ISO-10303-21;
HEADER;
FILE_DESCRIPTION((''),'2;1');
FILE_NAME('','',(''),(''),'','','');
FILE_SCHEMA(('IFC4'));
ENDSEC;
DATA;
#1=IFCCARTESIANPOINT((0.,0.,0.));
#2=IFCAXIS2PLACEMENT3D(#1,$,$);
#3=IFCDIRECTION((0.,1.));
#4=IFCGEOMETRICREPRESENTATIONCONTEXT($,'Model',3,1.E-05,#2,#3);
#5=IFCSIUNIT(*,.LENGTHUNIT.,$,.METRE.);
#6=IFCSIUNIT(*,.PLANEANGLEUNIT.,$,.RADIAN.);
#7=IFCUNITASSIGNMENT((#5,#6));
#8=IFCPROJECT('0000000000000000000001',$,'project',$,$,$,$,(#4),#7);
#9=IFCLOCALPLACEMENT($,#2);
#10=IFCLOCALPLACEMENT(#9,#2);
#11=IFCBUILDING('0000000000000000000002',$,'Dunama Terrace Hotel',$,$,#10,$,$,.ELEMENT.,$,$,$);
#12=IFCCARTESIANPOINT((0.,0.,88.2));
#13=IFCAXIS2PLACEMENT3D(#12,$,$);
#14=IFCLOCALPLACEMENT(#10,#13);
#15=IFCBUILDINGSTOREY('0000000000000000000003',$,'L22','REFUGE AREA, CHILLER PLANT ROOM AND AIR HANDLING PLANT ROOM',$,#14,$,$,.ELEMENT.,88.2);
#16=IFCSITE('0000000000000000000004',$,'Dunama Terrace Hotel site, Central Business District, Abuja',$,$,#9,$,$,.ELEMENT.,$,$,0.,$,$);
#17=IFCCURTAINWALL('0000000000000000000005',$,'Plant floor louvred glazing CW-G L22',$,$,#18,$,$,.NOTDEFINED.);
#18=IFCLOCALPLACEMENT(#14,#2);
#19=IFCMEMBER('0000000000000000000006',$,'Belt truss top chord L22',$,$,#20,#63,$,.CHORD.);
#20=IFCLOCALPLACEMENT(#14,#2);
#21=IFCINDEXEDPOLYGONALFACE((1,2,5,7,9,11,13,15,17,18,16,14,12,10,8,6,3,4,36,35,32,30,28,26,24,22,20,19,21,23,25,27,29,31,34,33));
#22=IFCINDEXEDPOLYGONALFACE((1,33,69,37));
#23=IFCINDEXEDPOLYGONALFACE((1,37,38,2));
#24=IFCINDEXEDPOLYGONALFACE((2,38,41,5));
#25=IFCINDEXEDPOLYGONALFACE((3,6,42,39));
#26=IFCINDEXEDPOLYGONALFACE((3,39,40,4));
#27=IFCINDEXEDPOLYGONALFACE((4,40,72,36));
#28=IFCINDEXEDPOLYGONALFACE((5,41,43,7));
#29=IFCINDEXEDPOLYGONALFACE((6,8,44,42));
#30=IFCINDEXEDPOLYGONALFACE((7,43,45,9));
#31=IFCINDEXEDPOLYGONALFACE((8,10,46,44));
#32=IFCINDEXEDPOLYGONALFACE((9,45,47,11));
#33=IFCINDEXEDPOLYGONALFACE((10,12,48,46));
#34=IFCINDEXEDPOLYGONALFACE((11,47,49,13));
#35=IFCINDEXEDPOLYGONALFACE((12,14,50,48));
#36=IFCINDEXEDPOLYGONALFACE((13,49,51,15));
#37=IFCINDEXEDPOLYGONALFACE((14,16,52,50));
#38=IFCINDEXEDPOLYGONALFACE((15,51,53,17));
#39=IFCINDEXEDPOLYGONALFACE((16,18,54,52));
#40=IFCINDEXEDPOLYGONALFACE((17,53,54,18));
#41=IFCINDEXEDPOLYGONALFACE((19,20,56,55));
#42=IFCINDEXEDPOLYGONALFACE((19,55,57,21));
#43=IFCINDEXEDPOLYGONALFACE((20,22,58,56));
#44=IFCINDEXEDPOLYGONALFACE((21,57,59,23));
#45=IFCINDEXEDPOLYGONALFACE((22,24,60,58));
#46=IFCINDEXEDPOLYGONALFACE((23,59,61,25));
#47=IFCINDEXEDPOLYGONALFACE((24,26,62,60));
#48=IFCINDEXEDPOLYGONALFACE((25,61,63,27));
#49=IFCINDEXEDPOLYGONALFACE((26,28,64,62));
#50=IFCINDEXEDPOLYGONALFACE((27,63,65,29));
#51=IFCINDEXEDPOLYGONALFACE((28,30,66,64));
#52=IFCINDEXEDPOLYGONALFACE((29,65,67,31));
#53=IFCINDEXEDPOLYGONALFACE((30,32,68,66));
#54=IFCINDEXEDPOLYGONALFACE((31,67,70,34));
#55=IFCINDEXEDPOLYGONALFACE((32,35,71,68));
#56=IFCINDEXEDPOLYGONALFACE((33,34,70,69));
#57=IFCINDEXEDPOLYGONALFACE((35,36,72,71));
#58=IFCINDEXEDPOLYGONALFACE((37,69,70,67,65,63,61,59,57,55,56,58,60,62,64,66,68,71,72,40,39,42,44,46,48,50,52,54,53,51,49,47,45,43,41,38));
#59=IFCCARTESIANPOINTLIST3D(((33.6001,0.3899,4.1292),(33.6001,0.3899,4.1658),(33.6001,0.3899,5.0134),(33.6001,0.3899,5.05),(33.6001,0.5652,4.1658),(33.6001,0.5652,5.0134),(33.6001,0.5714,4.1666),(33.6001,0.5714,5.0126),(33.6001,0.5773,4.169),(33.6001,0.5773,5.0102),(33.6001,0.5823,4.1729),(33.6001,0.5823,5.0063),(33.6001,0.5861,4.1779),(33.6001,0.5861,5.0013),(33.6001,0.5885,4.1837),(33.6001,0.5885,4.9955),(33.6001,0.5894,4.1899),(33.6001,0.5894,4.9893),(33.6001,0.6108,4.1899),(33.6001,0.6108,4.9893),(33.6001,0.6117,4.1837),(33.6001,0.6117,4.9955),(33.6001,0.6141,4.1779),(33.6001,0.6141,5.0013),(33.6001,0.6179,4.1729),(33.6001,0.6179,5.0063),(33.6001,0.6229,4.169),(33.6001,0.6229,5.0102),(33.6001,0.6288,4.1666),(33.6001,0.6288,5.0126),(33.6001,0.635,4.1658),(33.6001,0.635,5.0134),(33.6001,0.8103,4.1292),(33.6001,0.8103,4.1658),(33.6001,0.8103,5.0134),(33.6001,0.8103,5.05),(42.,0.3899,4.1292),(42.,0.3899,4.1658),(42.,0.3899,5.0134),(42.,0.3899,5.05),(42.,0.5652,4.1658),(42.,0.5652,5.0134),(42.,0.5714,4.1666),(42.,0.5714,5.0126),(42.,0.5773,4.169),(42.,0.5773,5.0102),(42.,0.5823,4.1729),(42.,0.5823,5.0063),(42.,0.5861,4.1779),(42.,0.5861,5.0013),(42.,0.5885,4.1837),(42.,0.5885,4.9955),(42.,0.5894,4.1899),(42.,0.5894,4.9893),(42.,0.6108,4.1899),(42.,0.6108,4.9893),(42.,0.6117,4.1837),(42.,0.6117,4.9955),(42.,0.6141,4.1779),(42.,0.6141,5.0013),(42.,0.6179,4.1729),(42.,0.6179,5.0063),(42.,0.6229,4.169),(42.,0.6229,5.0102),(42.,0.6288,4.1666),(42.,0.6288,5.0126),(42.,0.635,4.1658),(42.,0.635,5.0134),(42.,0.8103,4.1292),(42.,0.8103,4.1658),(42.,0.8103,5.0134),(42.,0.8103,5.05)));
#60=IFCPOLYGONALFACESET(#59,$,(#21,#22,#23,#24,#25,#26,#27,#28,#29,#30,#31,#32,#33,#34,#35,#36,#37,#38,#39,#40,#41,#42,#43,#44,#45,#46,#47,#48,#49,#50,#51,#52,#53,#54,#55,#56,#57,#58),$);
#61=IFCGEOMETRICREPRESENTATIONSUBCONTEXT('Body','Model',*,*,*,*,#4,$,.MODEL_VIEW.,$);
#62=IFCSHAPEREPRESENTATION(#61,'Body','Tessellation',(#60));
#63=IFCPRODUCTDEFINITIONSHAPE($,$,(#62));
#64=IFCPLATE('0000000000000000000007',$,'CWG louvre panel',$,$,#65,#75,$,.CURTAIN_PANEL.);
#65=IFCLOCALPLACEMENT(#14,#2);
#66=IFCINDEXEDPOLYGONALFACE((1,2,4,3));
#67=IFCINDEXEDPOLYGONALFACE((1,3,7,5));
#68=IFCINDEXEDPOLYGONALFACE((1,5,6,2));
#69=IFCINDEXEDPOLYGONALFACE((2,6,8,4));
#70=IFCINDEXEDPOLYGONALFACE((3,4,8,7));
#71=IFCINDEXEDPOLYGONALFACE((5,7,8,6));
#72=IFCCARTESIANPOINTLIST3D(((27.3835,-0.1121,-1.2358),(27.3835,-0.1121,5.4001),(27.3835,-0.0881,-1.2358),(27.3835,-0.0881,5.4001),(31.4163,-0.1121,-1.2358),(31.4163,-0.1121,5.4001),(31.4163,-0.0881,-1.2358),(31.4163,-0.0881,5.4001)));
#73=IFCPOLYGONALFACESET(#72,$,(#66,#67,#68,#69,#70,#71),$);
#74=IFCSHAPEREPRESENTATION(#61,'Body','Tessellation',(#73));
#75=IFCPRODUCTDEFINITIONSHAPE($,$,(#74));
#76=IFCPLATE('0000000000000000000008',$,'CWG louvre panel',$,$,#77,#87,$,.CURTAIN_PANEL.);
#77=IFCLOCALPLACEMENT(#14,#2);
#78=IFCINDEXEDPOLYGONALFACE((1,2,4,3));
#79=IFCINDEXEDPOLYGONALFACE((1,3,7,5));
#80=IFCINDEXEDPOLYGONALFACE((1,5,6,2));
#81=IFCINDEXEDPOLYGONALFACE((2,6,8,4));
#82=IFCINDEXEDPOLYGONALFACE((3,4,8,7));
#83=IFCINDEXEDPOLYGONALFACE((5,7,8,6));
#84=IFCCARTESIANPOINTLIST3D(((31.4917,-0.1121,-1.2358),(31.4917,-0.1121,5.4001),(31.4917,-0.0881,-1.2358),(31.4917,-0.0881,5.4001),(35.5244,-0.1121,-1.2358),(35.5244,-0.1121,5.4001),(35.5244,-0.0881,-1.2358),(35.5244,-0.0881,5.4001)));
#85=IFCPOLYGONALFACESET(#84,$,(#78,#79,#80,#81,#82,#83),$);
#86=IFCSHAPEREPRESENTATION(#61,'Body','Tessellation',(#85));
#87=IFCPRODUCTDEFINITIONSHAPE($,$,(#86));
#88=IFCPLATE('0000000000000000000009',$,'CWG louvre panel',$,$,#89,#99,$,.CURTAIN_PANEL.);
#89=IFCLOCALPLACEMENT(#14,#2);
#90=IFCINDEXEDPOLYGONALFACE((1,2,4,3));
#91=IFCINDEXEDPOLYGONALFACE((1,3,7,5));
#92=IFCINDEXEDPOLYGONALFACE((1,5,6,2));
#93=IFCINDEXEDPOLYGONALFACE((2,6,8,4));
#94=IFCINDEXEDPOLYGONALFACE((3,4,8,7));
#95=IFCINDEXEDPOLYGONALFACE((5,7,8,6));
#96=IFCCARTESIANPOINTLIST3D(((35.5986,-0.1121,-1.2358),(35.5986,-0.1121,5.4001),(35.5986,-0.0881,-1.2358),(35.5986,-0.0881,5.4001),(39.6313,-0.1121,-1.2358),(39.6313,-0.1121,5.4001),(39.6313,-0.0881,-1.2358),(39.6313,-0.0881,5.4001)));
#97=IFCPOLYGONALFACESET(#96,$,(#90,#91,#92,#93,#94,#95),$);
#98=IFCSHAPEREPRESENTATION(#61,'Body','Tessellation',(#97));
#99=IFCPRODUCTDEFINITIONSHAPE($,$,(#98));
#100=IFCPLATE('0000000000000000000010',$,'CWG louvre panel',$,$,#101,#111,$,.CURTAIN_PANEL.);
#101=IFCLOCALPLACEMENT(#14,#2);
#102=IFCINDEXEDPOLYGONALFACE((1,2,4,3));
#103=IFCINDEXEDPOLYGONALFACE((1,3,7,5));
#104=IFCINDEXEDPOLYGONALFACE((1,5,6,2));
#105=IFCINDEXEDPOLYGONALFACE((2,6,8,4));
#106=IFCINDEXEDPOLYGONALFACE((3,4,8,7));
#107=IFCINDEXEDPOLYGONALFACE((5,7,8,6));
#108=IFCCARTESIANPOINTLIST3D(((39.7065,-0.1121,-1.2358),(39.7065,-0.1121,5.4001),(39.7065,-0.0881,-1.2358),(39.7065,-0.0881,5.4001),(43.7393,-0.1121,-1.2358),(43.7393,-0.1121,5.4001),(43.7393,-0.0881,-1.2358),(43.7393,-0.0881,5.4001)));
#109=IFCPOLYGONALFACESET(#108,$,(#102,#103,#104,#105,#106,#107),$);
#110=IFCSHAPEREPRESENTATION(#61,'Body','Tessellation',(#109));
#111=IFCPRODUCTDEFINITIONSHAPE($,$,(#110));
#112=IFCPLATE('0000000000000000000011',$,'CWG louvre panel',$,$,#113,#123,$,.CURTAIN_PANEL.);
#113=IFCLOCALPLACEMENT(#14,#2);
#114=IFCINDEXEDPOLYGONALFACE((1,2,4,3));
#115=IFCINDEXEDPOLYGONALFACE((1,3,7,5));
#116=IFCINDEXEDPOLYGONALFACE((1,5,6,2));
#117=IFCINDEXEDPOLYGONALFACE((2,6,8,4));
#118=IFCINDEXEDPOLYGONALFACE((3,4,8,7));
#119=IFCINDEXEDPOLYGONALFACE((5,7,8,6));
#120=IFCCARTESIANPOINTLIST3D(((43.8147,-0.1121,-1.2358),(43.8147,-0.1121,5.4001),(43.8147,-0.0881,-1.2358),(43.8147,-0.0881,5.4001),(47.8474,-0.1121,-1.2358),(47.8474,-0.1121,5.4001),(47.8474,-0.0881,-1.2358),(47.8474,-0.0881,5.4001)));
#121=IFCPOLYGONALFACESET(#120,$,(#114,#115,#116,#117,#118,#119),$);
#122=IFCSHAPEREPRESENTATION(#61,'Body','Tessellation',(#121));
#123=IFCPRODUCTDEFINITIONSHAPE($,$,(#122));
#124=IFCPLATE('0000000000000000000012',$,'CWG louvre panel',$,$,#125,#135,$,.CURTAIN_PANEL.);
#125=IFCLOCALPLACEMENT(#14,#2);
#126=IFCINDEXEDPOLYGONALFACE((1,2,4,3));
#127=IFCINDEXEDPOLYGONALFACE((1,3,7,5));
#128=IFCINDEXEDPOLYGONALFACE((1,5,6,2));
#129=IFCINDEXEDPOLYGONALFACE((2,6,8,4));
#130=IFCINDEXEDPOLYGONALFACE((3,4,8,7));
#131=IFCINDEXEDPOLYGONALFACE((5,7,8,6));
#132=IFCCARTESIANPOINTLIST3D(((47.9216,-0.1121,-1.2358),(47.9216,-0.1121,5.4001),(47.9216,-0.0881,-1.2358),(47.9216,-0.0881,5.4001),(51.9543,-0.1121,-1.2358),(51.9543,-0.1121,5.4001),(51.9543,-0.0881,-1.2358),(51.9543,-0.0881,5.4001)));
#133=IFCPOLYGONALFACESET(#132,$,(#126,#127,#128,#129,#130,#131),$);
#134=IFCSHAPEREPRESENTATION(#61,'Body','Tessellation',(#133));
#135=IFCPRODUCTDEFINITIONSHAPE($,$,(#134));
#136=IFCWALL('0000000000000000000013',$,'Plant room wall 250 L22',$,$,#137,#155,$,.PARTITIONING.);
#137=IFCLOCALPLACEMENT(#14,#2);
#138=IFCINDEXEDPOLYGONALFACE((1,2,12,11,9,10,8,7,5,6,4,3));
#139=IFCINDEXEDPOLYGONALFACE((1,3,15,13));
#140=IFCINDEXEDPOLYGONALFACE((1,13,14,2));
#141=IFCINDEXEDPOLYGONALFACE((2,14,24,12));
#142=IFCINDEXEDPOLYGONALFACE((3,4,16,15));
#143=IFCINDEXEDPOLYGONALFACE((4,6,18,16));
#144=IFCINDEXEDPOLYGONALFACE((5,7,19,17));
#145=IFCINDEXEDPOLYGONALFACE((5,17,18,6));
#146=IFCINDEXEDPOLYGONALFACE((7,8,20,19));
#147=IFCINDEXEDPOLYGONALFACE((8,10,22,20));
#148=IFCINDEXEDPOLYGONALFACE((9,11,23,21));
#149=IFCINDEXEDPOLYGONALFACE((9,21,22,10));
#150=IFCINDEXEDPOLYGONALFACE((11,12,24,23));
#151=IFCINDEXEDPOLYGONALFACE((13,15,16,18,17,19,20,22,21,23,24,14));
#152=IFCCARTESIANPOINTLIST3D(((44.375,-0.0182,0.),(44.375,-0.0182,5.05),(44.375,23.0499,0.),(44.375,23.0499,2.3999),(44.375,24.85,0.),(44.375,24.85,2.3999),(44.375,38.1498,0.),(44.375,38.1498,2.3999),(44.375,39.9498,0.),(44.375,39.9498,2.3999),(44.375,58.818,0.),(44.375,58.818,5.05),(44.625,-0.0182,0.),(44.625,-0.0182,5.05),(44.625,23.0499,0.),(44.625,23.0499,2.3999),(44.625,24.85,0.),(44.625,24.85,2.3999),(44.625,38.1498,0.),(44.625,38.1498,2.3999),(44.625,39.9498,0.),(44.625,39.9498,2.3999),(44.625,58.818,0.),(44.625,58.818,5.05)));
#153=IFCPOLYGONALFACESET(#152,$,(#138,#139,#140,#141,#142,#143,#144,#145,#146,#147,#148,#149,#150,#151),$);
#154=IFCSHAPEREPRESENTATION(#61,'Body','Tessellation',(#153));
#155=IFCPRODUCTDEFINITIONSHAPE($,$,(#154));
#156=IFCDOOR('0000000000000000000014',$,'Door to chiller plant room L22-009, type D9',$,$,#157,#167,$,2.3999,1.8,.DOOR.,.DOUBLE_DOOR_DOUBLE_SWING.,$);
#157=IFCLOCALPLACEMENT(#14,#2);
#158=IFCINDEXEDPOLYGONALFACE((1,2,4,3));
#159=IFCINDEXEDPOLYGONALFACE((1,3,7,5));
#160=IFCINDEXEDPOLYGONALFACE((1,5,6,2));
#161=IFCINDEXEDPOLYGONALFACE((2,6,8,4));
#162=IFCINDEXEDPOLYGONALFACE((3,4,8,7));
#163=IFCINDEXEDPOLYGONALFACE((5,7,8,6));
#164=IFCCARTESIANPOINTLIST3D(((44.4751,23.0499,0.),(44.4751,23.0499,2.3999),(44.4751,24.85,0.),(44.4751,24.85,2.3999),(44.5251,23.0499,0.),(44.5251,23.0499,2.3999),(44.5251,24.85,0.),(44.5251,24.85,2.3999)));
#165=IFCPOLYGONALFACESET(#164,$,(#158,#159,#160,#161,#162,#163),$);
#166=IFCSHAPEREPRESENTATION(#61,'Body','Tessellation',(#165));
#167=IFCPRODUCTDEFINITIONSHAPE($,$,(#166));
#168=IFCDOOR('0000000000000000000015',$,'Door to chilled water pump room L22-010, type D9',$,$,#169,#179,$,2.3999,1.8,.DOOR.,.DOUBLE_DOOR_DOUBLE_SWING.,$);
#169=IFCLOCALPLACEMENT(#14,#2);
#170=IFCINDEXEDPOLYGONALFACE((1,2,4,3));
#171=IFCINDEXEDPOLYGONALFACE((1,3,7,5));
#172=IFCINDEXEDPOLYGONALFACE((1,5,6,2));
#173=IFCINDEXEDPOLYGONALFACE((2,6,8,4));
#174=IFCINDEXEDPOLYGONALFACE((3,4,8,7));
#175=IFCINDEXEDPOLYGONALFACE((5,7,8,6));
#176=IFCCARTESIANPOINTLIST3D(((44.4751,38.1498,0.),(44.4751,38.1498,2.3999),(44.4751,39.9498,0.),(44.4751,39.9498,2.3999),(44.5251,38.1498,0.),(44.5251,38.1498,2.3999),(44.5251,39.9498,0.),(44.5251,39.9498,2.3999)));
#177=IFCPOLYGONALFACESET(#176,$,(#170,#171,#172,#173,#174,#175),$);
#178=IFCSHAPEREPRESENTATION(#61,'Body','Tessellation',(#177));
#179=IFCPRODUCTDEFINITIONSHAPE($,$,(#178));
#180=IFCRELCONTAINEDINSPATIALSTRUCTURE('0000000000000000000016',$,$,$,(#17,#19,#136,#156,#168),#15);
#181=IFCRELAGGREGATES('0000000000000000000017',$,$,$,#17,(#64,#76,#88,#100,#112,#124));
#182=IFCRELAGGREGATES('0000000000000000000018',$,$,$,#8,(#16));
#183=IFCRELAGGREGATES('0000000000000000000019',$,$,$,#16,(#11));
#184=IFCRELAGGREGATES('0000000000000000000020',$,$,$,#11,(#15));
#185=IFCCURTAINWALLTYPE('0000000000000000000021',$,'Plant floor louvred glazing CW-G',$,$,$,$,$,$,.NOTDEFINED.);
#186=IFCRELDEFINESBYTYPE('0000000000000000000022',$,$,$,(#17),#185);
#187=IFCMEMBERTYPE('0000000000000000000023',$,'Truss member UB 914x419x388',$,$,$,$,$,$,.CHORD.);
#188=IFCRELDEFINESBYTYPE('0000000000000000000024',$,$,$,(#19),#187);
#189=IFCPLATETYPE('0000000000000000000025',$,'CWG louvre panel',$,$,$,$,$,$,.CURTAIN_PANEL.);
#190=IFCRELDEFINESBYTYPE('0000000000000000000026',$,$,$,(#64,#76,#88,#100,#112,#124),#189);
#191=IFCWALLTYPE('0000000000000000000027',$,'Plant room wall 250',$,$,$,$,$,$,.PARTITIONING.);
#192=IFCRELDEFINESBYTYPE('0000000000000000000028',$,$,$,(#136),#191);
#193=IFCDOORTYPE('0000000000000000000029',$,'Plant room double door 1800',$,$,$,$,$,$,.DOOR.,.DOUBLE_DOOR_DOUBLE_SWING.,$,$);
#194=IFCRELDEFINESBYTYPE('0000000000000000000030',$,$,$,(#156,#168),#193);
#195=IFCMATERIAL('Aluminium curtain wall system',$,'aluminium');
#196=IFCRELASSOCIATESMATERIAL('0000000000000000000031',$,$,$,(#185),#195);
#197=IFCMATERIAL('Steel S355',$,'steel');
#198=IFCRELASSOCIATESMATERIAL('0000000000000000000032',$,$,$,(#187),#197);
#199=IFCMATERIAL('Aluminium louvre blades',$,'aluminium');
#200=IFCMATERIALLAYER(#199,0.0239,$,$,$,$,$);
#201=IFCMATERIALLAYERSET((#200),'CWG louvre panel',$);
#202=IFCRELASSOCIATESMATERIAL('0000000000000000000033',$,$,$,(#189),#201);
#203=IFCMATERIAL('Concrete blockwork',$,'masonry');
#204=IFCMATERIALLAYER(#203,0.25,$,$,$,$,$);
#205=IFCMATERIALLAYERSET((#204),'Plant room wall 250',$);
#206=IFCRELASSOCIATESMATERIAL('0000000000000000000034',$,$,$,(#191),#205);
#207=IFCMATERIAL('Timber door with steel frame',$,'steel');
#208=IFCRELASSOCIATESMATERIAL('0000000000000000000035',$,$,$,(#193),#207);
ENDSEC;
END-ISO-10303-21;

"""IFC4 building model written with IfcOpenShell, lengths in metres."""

from ifc_helpers import new_model, si_unit, direction, frame, frame_2d, origin, origin_2d, place, context, subcontext, project, spatial, rectangle, i_section, extrude, material, layer, layer_set, material_profile, profile_set, type_object, element, fill, aggregate, save


model = new_model("IFC4")

# Units and contexts
model_context = context("Model", 3, precision=1e-05, world=origin(), true_north=direction((0.0, 1.0)))
body_context = subcontext(model_context, "Body", "Model", "MODEL_VIEW")
ifc_project = project(units=[si_unit("LENGTHUNIT", "METRE"), si_unit("PLANEANGLEUNIT", "RADIAN")], contexts=[model_context])

# Site, building, storey
site_placement = place(None, origin())
site = spatial("IfcSite", under=ifc_project, at=site_placement, Name="Dunama Terrace Hotel site, Central Business District, Abuja", CompositionType="ELEMENT", RefElevation=0.0)
building_placement = place(site_placement, origin())
building = spatial("IfcBuilding", under=site, at=building_placement, Name="Dunama Terrace Hotel", CompositionType="ELEMENT")
storey_placement = place(building_placement, frame((0.0, 0.0, 88.2)))
storey = spatial("IfcBuildingStorey", under=building, at=storey_placement, Name="L22", Description="REFUGE AREA, CHILLER PLANT ROOM AND AIR HANDLING PLANT ROOM", CompositionType="ELEMENT", Elevation=88.2)

# Curtain wall
ifc_material_1 = material(Name="Aluminium curtain wall system", Category="aluminium")
curtain_wall_type = type_object("IfcCurtainWallType", Name="Plant floor louvred glazing CW-G", PredefinedType="NOTDEFINED", material=ifc_material_1)
curtain_wall_placement = place(storey_placement, origin())
curtain_wall = element("IfcCurtainWall", 1, at=curtain_wall_placement, inside=storey, type_object=curtain_wall_type, Name="Plant floor louvred glazing CW-G L22", PredefinedType="NOTDEFINED")

# Member
ifc_material_2 = material(Name="Steel S355", Category="steel")
ifc_material_profile_1 = material_profile(ifc_material_2, i_section(OverallWidth=0.4204, OverallDepth=0.9209, WebThickness=0.0215, FlangeThickness=0.0366, FilletRadius=0.0242, at=origin_2d()), Name="UB 914x419x388")
ifc_profile_set_1 = profile_set([ifc_material_profile_1], Name="Steel S355")
member_type_1 = type_object("IfcMemberType", Name="Truss member UB 914x419x388", PredefinedType="CHORD", material=ifc_profile_set_1)
member_1_placement = place(storey_placement, frame((33.6001, 0.6001, 4.5896), z_axis=(1.0, 0.0, 0.0), x_axis=(0.0, 1.0, 0.0)))
element("IfcMember", 2, at=member_1_placement, inside=storey, type_object=member_type_1, Name="Belt truss top chord L22", PredefinedType="CHORD", context=body_context, shape_type="SweptSolid", body=[
    extrude(i_section(OverallWidth=0.4204, OverallDepth=0.9209, WebThickness=0.0215, FlangeThickness=0.0366, FilletRadius=0.0242, at=origin_2d()), origin(), (0.0, 0.0, 1.0), 8.3999),
])

# Plates
ifc_material_3 = material(Name="Aluminium louvre blades", Category="aluminium")
ifc_layer_1 = layer(ifc_material_3, 0.0239)
ifc_layer_set_1 = layer_set([ifc_layer_1], Name="CWG louvre panel")
plate_type = type_object("IfcPlateType", Name="CWG louvre panel", PredefinedType="CURTAIN_PANEL", material=ifc_layer_set_1)
plate_1_placement = place(storey_placement, frame((29.3999, -0.1001, -1.2358), z_axis=(0.0, 0.0, 1.0), x_axis=(1.0, 0.0, 0.0)))
plate_1 = element("IfcPlate", 3, at=plate_1_placement, type_object=plate_type, Name="CWG louvre panel", PredefinedType="CURTAIN_PANEL", context=body_context, shape_type="SweptSolid", body=[
    extrude(rectangle(XDim=4.0327, YDim=0.0239, at=origin_2d()), origin(), (0.0, 0.0, 1.0), 6.636),
])
plate_2_placement = place(storey_placement, frame((33.5081, -0.1001, -1.2358), z_axis=(0.0, 0.0, 1.0), x_axis=(1.0, 0.0, 0.0)))
plate_2 = element("IfcPlate", 4, at=plate_2_placement, type_object=plate_type, Name="CWG louvre panel", PredefinedType="CURTAIN_PANEL", context=body_context, shape_type="SweptSolid", body=[
    extrude(rectangle(XDim=4.0327, YDim=0.0239, at=origin_2d()), origin(), (0.0, 0.0, 1.0), 6.636),
])
plate_3_placement = place(storey_placement, frame((37.615, -0.1001, -1.2358), z_axis=(0.0, 0.0, 1.0), x_axis=(1.0, 0.0, 0.0)))
plate_3 = element("IfcPlate", 5, at=plate_3_placement, type_object=plate_type, Name="CWG louvre panel", PredefinedType="CURTAIN_PANEL", context=body_context, shape_type="SweptSolid", body=[
    extrude(rectangle(XDim=4.0327, YDim=0.0239, at=origin_2d()), origin(), (0.0, 0.0, 1.0), 6.636),
])
plate_4_placement = place(storey_placement, frame((41.7229, -0.1001, -1.2358), z_axis=(0.0, 0.0, 1.0), x_axis=(1.0, 0.0, 0.0)))
plate_4 = element("IfcPlate", 6, at=plate_4_placement, type_object=plate_type, Name="CWG louvre panel", PredefinedType="CURTAIN_PANEL", context=body_context, shape_type="SweptSolid", body=[
    extrude(rectangle(XDim=4.0327, YDim=0.0239, at=origin_2d()), origin(), (0.0, 0.0, 1.0), 6.636),
])
plate_5_placement = place(storey_placement, frame((45.8311, -0.1001, -1.2358), z_axis=(0.0, 0.0, 1.0), x_axis=(1.0, 0.0, 0.0)))
plate_5 = element("IfcPlate", 7, at=plate_5_placement, type_object=plate_type, Name="CWG louvre panel", PredefinedType="CURTAIN_PANEL", context=body_context, shape_type="SweptSolid", body=[
    extrude(rectangle(XDim=4.0327, YDim=0.0239, at=origin_2d()), origin(), (0.0, 0.0, 1.0), 6.636),
])
plate_6_placement = place(storey_placement, frame((49.938, -0.1001, -1.2358), z_axis=(0.0, 0.0, 1.0), x_axis=(1.0, 0.0, 0.0)))
plate_6 = element("IfcPlate", 8, at=plate_6_placement, type_object=plate_type, Name="CWG louvre panel", PredefinedType="CURTAIN_PANEL", context=body_context, shape_type="SweptSolid", body=[
    extrude(rectangle(XDim=4.0327, YDim=0.0239, at=origin_2d()), origin(), (0.0, 0.0, 1.0), 6.636),
])
aggregate(curtain_wall, [plate_1, plate_2, plate_3, plate_4, plate_5, plate_6])

# Wall, openings, doors
ifc_material_4 = material(Name="Concrete blockwork", Category="masonry")
ifc_layer_2 = layer(ifc_material_4, 0.25)
ifc_layer_set_2 = layer_set([ifc_layer_2], Name="Plant room wall 250")
wall_type = type_object("IfcWallType", Name="Plant room wall 250", PredefinedType="PARTITIONING", material=ifc_layer_set_2)
wall_placement = place(storey_placement, frame((44.5, -0.0181, 0.0), z_axis=(0.0, 0.0, 1.0), x_axis=(0.0, 1.0, 0.0)))
wall = element("IfcWall", 9, at=wall_placement, inside=storey, type_object=wall_type, Name="Plant room wall 250 L22", PredefinedType="PARTITIONING", context=body_context, shape_type="SweptSolid", body=[
    extrude(rectangle(XDim=58.8362, YDim=0.25, at=frame_2d((29.418, 0.0))), origin(), (0.0, 0.0, 1.0), 5.05),
])
opening_1_placement = place(wall_placement, frame((23.0681, 0.0, 0.0)))
opening_1 = element("IfcOpeningElement", 10, at=opening_1_placement, cuts=wall, PredefinedType="OPENING", context=body_context, shape_type="SweptSolid", body=[
    extrude(rectangle(XDim=1.8, YDim=2.3999, at=frame_2d((0.8999, 1.2))), frame((0.0, 0.135, 0.0), z_axis=(0.0, -1.0, 0.0), x_axis=(1.0, 0.0, 0.0)), (0.0, 0.0, 1.0), 0.27),
])
opening_2_placement = place(wall_placement, frame((38.168, 0.0, 0.0)))
opening_2 = element("IfcOpeningElement", 11, at=opening_2_placement, cuts=wall, PredefinedType="OPENING", context=body_context, shape_type="SweptSolid", body=[
    extrude(rectangle(XDim=1.8, YDim=2.3999, at=frame_2d((0.8999, 1.2))), frame((0.0, 0.135, 0.0), z_axis=(0.0, -1.0, 0.0), x_axis=(1.0, 0.0, 0.0)), (0.0, 0.0, 1.0), 0.27),
])
ifc_material_5 = material(Name="Timber door with steel frame", Category="steel")
door_type = type_object("IfcDoorType", Name="Plant room double door 1800", OperationType="DOUBLE_DOOR_DOUBLE_SWING", PredefinedType="DOOR", material=ifc_material_5)
door_1_placement = place(opening_1_placement, origin())
door_1 = element("IfcDoor", 12, at=door_1_placement, inside=storey, type_object=door_type, Name="Door to chiller plant room L22-009, type D9", OperationType="DOUBLE_DOOR_DOUBLE_SWING", OverallHeight=2.3999, OverallWidth=1.8, PredefinedType="DOOR", context=body_context, shape_type="SweptSolid", body=[
    extrude(rectangle(XDim=1.8, YDim=2.3999, at=frame_2d((0.8999, 1.2))), frame((0.0, 0.0249, 0.0), z_axis=(0.0, -1.0, 0.0), x_axis=(1.0, 0.0, 0.0)), (0.0, 0.0, 1.0), 0.05),
])
fill(opening_1, door_1)
door_2_placement = place(opening_2_placement, origin())
door_2 = element("IfcDoor", 13, at=door_2_placement, inside=storey, type_object=door_type, Name="Door to chilled water pump room L22-010, type D9", OperationType="DOUBLE_DOOR_DOUBLE_SWING", OverallHeight=2.3999, OverallWidth=1.8, PredefinedType="DOOR", context=body_context, shape_type="SweptSolid", body=[
    extrude(rectangle(XDim=1.8, YDim=2.3999, at=frame_2d((0.8999, 1.2))), frame((0.0, 0.0249, 0.0), z_axis=(0.0, -1.0, 0.0), x_axis=(1.0, 0.0, 0.0)), (0.0, 0.0, 1.0), 0.05),
])
fill(opening_2, door_2)

save(model, "model.ifc")
